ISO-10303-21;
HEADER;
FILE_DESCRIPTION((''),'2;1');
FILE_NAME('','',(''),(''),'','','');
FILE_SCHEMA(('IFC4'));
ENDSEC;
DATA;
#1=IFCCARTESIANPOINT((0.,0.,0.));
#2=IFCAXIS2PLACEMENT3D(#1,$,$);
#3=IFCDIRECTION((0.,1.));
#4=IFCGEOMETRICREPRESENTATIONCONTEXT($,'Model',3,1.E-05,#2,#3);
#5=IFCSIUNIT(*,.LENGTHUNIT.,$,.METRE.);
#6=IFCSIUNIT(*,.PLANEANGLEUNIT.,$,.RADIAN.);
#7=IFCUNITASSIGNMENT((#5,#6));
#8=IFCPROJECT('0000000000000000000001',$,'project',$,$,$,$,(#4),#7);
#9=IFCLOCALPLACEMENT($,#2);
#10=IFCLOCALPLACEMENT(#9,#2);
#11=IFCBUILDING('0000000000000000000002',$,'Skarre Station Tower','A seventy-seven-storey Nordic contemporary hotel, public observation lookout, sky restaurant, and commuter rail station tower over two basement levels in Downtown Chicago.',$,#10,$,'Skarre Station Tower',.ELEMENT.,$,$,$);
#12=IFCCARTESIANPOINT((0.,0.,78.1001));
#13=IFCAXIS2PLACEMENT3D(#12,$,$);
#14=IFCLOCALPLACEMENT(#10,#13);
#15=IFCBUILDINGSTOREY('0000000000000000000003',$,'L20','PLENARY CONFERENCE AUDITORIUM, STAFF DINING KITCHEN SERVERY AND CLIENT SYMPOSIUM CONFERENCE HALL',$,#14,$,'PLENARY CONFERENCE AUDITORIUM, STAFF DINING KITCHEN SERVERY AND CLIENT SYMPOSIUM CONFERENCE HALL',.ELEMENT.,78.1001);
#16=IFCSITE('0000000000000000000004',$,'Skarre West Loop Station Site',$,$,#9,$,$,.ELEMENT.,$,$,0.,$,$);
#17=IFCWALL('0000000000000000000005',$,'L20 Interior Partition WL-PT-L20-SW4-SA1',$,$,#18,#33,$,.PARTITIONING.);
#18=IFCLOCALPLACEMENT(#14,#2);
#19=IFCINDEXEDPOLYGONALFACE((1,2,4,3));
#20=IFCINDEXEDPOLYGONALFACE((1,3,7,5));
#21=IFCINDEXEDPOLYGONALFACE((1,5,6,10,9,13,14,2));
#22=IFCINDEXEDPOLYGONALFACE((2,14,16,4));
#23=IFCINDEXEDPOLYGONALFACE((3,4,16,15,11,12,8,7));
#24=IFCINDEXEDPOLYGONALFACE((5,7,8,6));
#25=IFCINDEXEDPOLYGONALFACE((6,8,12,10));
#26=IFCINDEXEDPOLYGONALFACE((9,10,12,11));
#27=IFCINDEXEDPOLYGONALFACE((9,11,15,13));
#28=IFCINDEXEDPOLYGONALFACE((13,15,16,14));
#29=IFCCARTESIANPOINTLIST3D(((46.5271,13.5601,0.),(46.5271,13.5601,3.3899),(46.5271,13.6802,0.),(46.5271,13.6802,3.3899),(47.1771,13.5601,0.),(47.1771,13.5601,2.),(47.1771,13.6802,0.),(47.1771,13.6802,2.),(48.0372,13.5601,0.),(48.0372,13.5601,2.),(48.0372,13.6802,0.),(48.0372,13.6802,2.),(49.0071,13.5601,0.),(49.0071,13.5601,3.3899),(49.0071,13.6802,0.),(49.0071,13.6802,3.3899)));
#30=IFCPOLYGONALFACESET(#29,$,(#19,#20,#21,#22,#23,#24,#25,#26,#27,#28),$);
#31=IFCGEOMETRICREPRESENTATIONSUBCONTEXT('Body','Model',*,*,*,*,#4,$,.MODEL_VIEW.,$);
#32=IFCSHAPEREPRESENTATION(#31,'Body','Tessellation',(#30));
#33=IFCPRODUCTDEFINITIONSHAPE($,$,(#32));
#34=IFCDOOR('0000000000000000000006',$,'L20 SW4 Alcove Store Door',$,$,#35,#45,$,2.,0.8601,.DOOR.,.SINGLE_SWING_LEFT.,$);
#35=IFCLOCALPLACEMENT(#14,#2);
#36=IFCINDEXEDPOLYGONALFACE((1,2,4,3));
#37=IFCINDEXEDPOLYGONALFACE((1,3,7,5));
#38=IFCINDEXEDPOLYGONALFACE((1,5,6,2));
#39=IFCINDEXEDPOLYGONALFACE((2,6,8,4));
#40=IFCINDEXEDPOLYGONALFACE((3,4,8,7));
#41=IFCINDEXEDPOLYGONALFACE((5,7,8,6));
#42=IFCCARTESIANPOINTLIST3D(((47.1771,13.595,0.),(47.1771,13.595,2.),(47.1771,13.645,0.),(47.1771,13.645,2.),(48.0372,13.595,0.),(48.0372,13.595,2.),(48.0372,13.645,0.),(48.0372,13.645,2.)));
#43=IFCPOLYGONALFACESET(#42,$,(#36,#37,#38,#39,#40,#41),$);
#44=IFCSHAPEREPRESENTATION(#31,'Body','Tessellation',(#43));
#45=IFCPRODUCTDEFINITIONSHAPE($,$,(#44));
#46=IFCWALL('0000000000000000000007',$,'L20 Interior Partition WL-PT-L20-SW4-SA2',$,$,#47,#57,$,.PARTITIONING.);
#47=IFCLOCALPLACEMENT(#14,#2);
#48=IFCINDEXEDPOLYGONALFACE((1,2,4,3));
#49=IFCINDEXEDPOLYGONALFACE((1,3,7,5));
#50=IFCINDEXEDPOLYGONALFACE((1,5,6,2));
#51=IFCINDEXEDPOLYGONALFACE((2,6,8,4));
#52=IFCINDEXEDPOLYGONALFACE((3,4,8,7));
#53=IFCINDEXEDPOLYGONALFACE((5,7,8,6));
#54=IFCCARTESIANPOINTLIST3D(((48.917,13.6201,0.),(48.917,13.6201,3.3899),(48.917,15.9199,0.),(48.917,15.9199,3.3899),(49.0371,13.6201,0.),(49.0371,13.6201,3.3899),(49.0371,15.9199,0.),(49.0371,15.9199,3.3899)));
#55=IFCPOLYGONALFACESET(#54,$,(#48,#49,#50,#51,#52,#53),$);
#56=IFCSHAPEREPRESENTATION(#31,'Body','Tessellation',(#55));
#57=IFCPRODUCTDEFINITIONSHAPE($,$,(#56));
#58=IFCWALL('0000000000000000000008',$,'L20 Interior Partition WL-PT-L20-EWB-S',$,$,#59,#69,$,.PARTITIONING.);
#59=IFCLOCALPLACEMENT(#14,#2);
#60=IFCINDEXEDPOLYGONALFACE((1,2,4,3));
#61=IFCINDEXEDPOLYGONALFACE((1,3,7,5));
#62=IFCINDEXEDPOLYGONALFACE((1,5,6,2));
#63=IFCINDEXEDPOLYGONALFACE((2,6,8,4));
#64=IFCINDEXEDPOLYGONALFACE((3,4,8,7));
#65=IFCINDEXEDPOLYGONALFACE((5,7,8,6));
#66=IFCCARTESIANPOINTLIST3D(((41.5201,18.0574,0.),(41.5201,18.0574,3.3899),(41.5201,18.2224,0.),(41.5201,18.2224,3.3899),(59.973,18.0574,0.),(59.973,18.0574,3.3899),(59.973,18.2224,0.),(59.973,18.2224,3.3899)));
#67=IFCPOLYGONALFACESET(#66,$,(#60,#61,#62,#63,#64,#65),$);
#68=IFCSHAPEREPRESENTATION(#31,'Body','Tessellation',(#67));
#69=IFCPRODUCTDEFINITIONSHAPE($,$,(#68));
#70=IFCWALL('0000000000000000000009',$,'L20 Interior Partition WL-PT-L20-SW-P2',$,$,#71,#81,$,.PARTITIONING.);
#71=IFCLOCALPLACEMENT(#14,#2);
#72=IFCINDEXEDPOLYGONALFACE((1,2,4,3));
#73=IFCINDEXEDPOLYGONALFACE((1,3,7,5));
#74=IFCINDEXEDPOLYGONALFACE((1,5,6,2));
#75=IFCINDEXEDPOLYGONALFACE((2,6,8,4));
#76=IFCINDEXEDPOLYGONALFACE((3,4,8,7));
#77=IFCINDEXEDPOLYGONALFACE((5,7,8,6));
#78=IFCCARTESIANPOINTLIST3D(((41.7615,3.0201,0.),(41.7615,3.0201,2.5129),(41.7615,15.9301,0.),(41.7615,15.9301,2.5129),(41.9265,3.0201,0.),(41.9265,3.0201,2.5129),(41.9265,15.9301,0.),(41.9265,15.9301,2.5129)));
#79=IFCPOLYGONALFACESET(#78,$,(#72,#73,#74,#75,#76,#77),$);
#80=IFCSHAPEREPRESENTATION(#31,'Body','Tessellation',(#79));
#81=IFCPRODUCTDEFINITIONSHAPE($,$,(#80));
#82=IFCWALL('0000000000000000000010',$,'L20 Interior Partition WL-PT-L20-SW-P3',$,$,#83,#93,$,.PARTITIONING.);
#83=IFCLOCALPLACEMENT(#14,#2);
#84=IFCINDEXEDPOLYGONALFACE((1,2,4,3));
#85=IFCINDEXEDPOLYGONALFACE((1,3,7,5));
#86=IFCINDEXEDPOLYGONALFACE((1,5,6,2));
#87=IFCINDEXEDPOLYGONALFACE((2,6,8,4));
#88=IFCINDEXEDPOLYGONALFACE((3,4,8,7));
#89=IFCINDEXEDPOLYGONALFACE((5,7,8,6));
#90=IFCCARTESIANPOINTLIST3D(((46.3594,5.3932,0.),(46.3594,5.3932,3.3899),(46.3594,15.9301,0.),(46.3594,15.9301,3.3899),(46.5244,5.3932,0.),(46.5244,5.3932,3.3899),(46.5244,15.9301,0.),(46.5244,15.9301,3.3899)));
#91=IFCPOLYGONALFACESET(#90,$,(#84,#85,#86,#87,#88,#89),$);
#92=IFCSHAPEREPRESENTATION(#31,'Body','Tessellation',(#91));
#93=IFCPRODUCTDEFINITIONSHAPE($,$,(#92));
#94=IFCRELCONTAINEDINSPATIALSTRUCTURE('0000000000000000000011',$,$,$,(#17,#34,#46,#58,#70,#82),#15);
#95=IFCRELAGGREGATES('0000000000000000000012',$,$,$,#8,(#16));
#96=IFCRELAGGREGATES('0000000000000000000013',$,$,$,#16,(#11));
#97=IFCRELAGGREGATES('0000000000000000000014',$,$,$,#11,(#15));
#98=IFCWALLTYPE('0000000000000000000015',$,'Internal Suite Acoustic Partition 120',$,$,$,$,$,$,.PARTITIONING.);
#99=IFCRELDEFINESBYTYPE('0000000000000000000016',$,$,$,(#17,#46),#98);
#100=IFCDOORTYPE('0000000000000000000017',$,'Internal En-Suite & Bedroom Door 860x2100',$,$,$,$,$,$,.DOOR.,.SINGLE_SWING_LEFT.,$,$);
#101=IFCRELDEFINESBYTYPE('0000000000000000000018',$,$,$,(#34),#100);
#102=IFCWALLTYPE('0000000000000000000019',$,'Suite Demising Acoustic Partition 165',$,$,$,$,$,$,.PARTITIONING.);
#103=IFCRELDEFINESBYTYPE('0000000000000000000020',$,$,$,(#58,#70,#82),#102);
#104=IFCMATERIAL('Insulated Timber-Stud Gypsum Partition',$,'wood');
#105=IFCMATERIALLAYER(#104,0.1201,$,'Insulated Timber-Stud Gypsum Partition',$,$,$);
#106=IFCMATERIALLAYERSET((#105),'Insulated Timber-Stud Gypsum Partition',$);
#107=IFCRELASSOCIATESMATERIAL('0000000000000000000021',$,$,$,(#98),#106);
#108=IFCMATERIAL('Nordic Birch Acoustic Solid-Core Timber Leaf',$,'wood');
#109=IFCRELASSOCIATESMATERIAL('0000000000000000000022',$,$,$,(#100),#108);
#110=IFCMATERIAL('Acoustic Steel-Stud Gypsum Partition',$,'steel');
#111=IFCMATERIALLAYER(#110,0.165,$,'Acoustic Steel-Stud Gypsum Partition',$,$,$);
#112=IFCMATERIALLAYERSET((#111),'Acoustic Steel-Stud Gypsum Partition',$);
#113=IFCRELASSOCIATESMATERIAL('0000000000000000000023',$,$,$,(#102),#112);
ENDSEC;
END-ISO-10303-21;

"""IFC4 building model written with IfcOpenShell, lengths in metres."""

from ifc_helpers import new_model, si_unit, direction, frame, frame_2d, origin, place, context, subcontext, project, spatial, rectangle, extrude, material, layer, layer_set, type_object, element, fill, save


model = new_model("IFC4")

# Units and contexts
model_context = context("Model", 3, precision=1e-05, world=origin(), true_north=direction((0.0, 1.0)))
body_context = subcontext(model_context, "Body", "Model", "MODEL_VIEW")
ifc_project = project(units=[si_unit("LENGTHUNIT", "METRE"), si_unit("PLANEANGLEUNIT", "RADIAN")], contexts=[model_context])

# Site, building, storey
site_placement = place(None, origin())
site = spatial("IfcSite", under=ifc_project, at=site_placement, Name="Skarre West Loop Station Site", CompositionType="ELEMENT", RefElevation=0.0)
building_placement = place(site_placement, origin())
building = spatial("IfcBuilding", under=site, at=building_placement, Name="Skarre Station Tower", Description="A seventy-seven-storey Nordic contemporary hotel, public observation lookout, sky restaurant, and commuter rail station tower over two basement levels in Downtown Chicago.", LongName="Skarre Station Tower", CompositionType="ELEMENT")
storey_placement = place(building_placement, frame((0.0, 0.0, 78.1001)))
storey = spatial("IfcBuildingStorey", under=building, at=storey_placement, Name="L20", Description="PLENARY CONFERENCE AUDITORIUM, STAFF DINING KITCHEN SERVERY AND CLIENT SYMPOSIUM CONFERENCE HALL", LongName="PLENARY CONFERENCE AUDITORIUM, STAFF DINING KITCHEN SERVERY AND CLIENT SYMPOSIUM CONFERENCE HALL", CompositionType="ELEMENT", Elevation=78.1001)

# Wall, opening, door
ifc_material_1 = material(Name="Acoustic Steel-Stud Gypsum Partition", Category="steel")
ifc_material_2 = material(Name="Insulated Timber-Stud Gypsum Partition", Category="wood")
ifc_layer_1 = layer(ifc_material_2, 0.1201, Name="Insulated Timber-Stud Gypsum Partition")
ifc_layer_set_1 = layer_set([ifc_layer_1], Name="Insulated Timber-Stud Gypsum Partition")
wall_type_1 = type_object("IfcWallType", Name="Internal Suite Acoustic Partition 120", PredefinedType="PARTITIONING", material=ifc_layer_set_1)
wall_1_placement = place(storey_placement, frame((46.5271, 13.6201, 0.0), z_axis=(0.0, 0.0, 1.0), x_axis=(1.0, 0.0, 0.0)))
wall_1 = element("IfcWall", 1, at=wall_1_placement, inside=storey, type_object=wall_type_1, Name="L20 Interior Partition WL-PT-L20-SW4-SA1", PredefinedType="PARTITIONING", context=body_context, shape_type="SweptSolid", body=[
    extrude(rectangle(XDim=2.48, YDim=0.1201, at=frame_2d((1.24, 0.0))), origin(), (0.0, 0.0, 1.0), 3.3899),
])
opening_1_placement = place(wall_1_placement, frame((0.6499, 0.0, 0.0)))
opening_1 = element("IfcOpeningElement", 2, at=opening_1_placement, cuts=wall_1, PredefinedType="OPENING", context=body_context, shape_type="SweptSolid", body=[
    extrude(rectangle(XDim=0.8601, YDim=2.0, at=frame_2d((0.4302, 1.0))), frame((0.0, 0.0701, 0.0), z_axis=(0.0, -1.0, 0.0), x_axis=(1.0, 0.0, 0.0)), (0.0, 0.0, 1.0), 0.1401),
])
ifc_material_3 = material(Name="Nordic Birch Acoustic Solid-Core Timber Leaf", Category="wood")
door_type_1 = type_object("IfcDoorType", Name="Internal En-Suite & Bedroom Door 860x2100", OperationType="SINGLE_SWING_LEFT", PredefinedType="DOOR", material=ifc_material_3)
door_1_placement = place(opening_1_placement, origin())
door_1 = element("IfcDoor", 3, at=door_1_placement, inside=storey, type_object=door_type_1, Name="L20 SW4 Alcove Store Door", OperationType="SINGLE_SWING_LEFT", OverallHeight=2.0, OverallWidth=0.8601, PredefinedType="DOOR", context=body_context, shape_type="SweptSolid", body=[
    extrude(rectangle(XDim=0.8601, YDim=2.0, at=frame_2d((0.4302, 1.0))), frame((0.0, 0.0249, 0.0), z_axis=(0.0, -1.0, 0.0), x_axis=(1.0, 0.0, 0.0)), (0.0, 0.0, 1.0), 0.05),
])
fill(opening_1, door_1)

# Walls
wall_2_placement = place(storey_placement, frame((48.9771, 13.6201, 0.0), z_axis=(0.0, 0.0, 1.0), x_axis=(0.0, 1.0, 0.0)))
element("IfcWall", 4, at=wall_2_placement, inside=storey, type_object=wall_type_1, Name="L20 Interior Partition WL-PT-L20-SW4-SA2", PredefinedType="PARTITIONING", context=body_context, shape_type="SweptSolid", body=[
    extrude(rectangle(XDim=2.2998, YDim=0.1201, at=frame_2d((1.1499, 0.0))), origin(), (0.0, 0.0, 1.0), 3.3899),
])
ifc_layer_2 = layer(ifc_material_1, 0.165, Name="Acoustic Steel-Stud Gypsum Partition")
ifc_layer_set_2 = layer_set([ifc_layer_2], Name="Acoustic Steel-Stud Gypsum Partition")
wall_type_2 = type_object("IfcWallType", Name="Suite Demising Acoustic Partition 165", PredefinedType="PARTITIONING", material=ifc_layer_set_2)
wall_3_placement = place(storey_placement, frame((41.52, 18.1399, 0.0), z_axis=(0.0, 0.0, 1.0), x_axis=(1.0, 0.0, 0.0)))
element("IfcWall", 5, at=wall_3_placement, inside=storey, type_object=wall_type_2, Name="L20 Interior Partition WL-PT-L20-EWB-S", PredefinedType="PARTITIONING", context=body_context, shape_type="SweptSolid", body=[
    extrude(rectangle(XDim=18.4529, YDim=0.165, at=frame_2d((9.2266, 0.0))), origin(), (0.0, 0.0, 1.0), 3.3899),
])
wall_4_placement = place(storey_placement, frame((41.844, 3.02, 0.0), z_axis=(0.0, 0.0, 1.0), x_axis=(0.0, 1.0, 0.0)))
element("IfcWall", 6, at=wall_4_placement, inside=storey, type_object=wall_type_2, Name="L20 Interior Partition WL-PT-L20-SW-P2", PredefinedType="PARTITIONING", context=body_context, shape_type="SweptSolid", body=[
    extrude(rectangle(XDim=12.9099, YDim=0.165, at=frame_2d((6.4551, 0.0))), origin(), (0.0, 0.0, 1.0), 2.5129),
])
wall_5_placement = place(storey_placement, frame((46.4419, 5.3931, 0.0), z_axis=(0.0, 0.0, 1.0), x_axis=(0.0, 1.0, 0.0)))
element("IfcWall", 7, at=wall_5_placement, inside=storey, type_object=wall_type_2, Name="L20 Interior Partition WL-PT-L20-SW-P3", PredefinedType="PARTITIONING", context=body_context, shape_type="SweptSolid", body=[
    extrude(rectangle(XDim=10.5369, YDim=0.165, at=frame_2d((5.2686, 0.0))), origin(), (0.0, 0.0, 1.0), 3.3899),
])

save(model, "model.ifc")
